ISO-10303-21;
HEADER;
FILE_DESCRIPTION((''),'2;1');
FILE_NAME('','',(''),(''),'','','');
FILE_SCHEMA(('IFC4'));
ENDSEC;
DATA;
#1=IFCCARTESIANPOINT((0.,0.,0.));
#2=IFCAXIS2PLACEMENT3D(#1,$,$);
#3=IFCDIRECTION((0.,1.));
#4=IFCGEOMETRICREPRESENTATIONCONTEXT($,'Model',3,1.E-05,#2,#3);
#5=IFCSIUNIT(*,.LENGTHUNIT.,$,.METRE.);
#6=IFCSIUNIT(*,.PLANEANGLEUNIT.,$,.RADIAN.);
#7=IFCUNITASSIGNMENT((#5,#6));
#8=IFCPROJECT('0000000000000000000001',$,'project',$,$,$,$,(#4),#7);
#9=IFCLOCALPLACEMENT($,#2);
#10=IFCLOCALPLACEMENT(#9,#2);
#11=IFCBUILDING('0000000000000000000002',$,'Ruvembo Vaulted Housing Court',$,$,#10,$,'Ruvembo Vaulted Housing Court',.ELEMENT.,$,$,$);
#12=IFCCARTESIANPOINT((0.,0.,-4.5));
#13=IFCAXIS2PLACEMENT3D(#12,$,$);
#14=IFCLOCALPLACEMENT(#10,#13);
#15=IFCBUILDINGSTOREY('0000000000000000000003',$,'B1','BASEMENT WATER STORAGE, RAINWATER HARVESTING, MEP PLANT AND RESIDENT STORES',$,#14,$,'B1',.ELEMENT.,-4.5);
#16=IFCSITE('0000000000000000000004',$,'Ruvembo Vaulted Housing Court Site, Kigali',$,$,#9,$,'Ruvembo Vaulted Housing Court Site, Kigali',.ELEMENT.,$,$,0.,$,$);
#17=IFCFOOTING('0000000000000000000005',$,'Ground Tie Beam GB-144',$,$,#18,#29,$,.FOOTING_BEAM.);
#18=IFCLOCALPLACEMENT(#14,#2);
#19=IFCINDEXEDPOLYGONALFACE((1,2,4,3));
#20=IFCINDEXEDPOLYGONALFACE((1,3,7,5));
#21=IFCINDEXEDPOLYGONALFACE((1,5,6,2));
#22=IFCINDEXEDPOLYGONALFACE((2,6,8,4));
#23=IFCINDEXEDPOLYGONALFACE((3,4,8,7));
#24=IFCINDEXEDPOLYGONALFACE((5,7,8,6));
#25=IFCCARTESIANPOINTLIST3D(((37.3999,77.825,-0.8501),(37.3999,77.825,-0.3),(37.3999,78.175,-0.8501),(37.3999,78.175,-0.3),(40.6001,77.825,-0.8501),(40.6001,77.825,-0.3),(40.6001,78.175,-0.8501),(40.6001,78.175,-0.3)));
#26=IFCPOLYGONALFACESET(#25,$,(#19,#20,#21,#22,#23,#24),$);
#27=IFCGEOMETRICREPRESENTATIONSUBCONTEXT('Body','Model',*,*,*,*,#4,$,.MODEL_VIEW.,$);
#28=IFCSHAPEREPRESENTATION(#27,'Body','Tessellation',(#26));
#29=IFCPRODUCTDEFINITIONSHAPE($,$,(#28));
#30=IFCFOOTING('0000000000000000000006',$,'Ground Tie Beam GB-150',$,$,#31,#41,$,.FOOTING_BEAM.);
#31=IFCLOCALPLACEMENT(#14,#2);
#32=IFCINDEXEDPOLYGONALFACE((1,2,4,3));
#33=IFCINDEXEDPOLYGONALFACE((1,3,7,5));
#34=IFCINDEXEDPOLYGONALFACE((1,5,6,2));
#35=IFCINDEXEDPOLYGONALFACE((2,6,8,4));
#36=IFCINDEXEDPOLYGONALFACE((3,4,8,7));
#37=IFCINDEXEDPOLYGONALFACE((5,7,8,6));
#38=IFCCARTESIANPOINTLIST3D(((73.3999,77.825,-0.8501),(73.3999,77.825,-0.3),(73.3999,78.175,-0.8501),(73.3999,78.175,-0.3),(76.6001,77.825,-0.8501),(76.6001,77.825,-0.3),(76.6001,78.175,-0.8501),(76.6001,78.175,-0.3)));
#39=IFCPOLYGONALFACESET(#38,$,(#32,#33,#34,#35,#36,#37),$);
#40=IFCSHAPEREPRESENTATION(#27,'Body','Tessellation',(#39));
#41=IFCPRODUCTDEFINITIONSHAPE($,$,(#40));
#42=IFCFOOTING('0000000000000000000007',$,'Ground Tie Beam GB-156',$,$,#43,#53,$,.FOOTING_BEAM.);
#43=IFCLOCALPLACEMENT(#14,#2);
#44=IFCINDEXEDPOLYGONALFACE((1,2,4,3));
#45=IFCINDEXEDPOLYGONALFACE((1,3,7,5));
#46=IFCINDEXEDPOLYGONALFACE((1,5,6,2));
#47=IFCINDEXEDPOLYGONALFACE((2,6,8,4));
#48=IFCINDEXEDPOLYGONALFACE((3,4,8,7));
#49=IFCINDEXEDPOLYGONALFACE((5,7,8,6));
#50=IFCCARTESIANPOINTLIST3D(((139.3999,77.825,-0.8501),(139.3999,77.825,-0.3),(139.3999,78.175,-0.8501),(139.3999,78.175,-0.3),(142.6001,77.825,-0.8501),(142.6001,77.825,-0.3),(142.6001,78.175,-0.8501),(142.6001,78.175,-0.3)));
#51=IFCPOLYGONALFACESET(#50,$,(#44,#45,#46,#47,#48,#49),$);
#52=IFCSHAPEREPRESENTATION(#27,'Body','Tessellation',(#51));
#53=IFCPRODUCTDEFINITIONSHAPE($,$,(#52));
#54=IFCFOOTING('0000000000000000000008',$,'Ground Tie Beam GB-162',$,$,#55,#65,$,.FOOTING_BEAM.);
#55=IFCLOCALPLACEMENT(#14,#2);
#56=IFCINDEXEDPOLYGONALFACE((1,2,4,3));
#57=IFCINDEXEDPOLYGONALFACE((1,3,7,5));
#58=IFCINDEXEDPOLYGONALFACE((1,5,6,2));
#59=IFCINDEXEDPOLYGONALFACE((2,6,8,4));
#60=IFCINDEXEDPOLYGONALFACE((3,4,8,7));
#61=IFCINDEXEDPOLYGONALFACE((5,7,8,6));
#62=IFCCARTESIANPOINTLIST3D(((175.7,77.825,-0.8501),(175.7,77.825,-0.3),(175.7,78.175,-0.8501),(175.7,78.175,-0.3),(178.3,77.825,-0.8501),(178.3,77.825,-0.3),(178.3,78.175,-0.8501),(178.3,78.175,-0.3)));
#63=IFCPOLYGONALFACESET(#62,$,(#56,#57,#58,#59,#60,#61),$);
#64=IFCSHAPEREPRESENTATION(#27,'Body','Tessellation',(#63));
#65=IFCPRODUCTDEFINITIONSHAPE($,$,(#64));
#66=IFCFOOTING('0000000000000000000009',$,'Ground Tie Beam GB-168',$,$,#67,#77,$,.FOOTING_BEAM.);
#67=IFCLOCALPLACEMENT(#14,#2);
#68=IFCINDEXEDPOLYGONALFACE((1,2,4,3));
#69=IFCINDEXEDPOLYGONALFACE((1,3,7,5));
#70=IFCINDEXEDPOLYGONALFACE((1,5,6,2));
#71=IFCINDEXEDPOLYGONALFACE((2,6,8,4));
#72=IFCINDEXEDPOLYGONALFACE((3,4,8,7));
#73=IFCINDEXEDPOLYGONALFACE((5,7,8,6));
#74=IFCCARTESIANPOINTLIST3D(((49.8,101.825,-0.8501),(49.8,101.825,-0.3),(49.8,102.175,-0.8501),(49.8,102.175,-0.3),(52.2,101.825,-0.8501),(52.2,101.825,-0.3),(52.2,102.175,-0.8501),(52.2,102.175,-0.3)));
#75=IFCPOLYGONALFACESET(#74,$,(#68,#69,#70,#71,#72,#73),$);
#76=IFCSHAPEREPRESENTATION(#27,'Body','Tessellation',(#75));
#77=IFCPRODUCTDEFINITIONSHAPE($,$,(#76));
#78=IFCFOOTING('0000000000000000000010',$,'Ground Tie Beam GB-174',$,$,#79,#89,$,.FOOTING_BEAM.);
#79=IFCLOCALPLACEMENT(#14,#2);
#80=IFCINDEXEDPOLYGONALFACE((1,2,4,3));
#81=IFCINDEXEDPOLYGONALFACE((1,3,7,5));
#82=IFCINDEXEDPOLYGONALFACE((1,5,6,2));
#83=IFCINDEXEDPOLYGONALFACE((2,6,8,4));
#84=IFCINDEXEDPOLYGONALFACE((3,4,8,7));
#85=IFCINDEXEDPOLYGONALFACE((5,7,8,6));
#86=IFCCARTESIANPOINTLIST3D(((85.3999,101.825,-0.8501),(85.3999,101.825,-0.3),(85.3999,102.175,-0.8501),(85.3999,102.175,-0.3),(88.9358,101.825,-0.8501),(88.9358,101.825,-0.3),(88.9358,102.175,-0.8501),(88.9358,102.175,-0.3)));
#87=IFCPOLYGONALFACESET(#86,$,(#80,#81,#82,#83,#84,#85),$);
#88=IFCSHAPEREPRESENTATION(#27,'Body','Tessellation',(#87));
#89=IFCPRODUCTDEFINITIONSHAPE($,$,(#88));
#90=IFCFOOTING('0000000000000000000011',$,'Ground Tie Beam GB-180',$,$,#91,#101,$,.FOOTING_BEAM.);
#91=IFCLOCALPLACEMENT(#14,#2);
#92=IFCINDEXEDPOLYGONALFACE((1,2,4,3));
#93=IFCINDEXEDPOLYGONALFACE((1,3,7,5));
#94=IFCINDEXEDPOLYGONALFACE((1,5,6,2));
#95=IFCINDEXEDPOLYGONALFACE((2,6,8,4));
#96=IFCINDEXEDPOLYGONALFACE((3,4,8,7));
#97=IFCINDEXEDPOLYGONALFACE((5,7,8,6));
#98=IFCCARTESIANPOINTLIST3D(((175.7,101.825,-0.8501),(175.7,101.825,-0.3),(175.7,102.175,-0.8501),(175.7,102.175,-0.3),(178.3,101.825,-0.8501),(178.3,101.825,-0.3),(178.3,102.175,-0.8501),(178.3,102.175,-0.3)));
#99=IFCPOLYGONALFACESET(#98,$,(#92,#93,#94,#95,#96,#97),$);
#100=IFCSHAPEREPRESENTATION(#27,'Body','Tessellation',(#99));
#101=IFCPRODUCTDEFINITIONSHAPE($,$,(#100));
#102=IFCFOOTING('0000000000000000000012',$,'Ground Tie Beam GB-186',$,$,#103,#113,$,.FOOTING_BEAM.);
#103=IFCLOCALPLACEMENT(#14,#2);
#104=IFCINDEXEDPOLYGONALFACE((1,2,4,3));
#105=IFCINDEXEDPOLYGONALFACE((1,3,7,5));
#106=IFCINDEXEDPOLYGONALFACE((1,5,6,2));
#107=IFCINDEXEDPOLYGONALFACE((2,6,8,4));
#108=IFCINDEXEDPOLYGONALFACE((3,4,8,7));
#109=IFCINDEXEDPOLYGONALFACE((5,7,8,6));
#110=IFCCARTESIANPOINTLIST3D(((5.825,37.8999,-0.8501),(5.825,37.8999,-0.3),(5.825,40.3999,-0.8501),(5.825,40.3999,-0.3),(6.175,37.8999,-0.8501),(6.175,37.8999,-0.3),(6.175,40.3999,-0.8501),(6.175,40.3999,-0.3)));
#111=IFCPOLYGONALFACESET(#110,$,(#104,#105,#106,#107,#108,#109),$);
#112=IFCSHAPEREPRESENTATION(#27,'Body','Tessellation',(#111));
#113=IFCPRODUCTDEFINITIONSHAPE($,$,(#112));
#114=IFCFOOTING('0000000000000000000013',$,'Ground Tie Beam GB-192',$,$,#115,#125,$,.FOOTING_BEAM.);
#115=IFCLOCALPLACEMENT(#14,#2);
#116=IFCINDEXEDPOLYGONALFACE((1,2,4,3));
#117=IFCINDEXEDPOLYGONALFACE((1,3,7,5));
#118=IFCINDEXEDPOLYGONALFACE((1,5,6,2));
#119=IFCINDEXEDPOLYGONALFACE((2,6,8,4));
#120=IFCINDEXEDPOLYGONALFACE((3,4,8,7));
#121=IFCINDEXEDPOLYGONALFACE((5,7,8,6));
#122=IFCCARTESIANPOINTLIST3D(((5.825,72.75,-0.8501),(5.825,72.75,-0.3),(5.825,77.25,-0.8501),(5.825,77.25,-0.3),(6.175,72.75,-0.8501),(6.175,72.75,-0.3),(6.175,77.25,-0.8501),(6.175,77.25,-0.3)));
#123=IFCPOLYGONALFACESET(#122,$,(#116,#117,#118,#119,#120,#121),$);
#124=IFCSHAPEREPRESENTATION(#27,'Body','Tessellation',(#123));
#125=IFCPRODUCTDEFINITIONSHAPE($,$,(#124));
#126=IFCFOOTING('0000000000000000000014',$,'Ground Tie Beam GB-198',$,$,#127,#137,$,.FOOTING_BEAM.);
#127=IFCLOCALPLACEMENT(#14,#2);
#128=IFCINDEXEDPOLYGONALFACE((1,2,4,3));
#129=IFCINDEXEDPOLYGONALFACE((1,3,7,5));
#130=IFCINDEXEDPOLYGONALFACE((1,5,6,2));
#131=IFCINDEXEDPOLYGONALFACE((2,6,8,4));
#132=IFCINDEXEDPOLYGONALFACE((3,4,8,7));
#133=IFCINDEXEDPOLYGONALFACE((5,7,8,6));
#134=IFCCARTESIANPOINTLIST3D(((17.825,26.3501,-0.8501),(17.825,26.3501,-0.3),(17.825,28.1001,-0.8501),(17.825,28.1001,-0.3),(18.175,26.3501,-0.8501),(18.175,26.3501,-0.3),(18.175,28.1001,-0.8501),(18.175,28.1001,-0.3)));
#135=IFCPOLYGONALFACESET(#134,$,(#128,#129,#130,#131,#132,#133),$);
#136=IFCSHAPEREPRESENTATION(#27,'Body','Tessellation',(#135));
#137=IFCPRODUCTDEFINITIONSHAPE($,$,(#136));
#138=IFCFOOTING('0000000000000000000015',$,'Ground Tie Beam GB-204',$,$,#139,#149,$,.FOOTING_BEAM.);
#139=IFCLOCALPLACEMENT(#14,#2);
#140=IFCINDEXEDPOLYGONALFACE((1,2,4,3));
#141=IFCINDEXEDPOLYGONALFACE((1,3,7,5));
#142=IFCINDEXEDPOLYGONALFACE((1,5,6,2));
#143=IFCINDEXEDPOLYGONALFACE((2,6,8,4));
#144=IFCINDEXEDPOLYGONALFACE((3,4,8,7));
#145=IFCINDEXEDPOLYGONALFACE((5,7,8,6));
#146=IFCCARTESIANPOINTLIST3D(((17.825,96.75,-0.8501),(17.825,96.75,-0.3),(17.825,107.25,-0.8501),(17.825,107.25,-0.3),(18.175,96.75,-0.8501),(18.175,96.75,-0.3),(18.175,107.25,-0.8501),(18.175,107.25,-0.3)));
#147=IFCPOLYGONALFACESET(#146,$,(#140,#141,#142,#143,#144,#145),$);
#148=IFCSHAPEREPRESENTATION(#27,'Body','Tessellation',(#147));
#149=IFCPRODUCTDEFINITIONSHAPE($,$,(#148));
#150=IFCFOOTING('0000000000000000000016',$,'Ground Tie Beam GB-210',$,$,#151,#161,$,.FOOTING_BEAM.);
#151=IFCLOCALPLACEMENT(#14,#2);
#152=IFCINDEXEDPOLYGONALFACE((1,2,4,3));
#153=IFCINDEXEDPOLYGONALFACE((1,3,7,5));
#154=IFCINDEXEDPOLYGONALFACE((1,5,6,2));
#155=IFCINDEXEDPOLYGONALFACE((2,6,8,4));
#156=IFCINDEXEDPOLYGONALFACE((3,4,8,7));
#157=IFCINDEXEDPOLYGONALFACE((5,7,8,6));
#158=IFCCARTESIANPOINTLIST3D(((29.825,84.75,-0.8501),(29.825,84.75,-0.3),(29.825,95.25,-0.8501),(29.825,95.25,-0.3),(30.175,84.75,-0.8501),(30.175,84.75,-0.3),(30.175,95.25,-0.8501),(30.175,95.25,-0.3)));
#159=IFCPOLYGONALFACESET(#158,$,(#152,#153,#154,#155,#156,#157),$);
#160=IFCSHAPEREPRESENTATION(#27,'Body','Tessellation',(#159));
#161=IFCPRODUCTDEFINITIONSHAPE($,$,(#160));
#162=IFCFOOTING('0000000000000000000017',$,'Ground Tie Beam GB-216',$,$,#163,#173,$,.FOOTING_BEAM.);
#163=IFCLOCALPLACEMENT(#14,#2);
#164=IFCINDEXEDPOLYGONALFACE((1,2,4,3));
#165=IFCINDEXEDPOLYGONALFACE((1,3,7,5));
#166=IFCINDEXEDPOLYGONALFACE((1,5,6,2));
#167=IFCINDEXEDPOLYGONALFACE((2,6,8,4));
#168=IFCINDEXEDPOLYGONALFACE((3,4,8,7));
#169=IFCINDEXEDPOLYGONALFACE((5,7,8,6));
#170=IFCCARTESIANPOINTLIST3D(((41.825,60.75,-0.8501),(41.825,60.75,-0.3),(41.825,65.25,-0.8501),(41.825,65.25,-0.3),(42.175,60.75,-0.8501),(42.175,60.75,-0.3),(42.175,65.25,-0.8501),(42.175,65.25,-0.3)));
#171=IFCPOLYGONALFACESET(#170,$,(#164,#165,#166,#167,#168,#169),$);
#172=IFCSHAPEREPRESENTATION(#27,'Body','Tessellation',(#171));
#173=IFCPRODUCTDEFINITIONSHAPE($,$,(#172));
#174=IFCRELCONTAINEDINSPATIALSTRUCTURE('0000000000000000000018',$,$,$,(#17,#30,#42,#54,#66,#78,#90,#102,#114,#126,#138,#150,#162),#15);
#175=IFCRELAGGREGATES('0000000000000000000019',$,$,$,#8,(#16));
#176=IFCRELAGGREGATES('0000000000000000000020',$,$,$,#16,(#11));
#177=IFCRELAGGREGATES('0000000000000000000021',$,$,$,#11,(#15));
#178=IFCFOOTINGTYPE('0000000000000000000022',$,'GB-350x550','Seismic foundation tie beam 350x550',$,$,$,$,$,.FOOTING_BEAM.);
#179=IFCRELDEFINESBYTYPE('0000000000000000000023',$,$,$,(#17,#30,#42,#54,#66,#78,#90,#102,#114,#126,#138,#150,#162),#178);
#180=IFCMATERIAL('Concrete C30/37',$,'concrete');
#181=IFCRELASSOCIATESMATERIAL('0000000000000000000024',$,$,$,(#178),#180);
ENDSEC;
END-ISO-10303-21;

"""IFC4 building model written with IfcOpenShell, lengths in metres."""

from ifc_helpers import new_model, si_unit, direction, frame, origin, place, context, subcontext, project, spatial, polyline, outline, extrude, material, type_object, element, save


model = new_model("IFC4")

# Units and contexts
model_context = context("Model", 3, precision=1e-05, world=origin(), true_north=direction((0.0, 1.0)))
body_context = subcontext(model_context, "Body", "Model", "MODEL_VIEW")
ifc_project = project(units=[si_unit("LENGTHUNIT", "METRE"), si_unit("PLANEANGLEUNIT", "RADIAN")], contexts=[model_context])

# Site, building, storey
site_placement = place(None, origin())
site = spatial("IfcSite", under=ifc_project, at=site_placement, Name="Ruvembo Vaulted Housing Court Site, Kigali", LongName="Ruvembo Vaulted Housing Court Site, Kigali", CompositionType="ELEMENT", RefElevation=0.0)
building_placement = place(site_placement, origin())
building = spatial("IfcBuilding", under=site, at=building_placement, Name="Ruvembo Vaulted Housing Court", LongName="Ruvembo Vaulted Housing Court", CompositionType="ELEMENT")
storey_placement = place(building_placement, frame((0.0, 0.0, -4.5)))
storey = spatial("IfcBuildingStorey", under=building, at=storey_placement, Name="B1", Description="BASEMENT WATER STORAGE, RAINWATER HARVESTING, MEP PLANT AND RESIDENT STORES", LongName="B1", CompositionType="ELEMENT", Elevation=-4.5)

# Footings
ifc_material = material(Name="Concrete C30/37", Category="concrete")
footing_type = type_object("IfcFootingType", Name="GB-350x550", Description="Seismic foundation tie beam 350x550", PredefinedType="FOOTING_BEAM", material=ifc_material)
footing_1_placement = place(storey_placement, frame((0.0, 0.0, -0.8501)))
element("IfcFooting", 1, at=footing_1_placement, inside=storey, type_object=footing_type, Name="Ground Tie Beam GB-144", PredefinedType="FOOTING_BEAM", context=body_context, shape_type="SweptSolid", body=[
    extrude(outline(polyline([(37.3999, 77.825), (40.6001, 77.825), (40.6001, 78.175), (37.3999, 78.175), (37.3999, 77.825)])), origin(), (0.0, 0.0, 1.0), 0.55),
])
footing_2_placement = place(storey_placement, frame((0.0, 0.0, -0.8501)))
element("IfcFooting", 2, at=footing_2_placement, inside=storey, type_object=footing_type, Name="Ground Tie Beam GB-150", PredefinedType="FOOTING_BEAM", context=body_context, shape_type="SweptSolid", body=[
    extrude(outline(polyline([(73.3999, 77.825), (76.6001, 77.825), (76.6001, 78.175), (73.3999, 78.175), (73.3999, 77.825)])), origin(), (0.0, 0.0, 1.0), 0.55),
])
footing_3_placement = place(storey_placement, frame((0.0, 0.0, -0.8501)))
element("IfcFooting", 3, at=footing_3_placement, inside=storey, type_object=footing_type, Name="Ground Tie Beam GB-156", PredefinedType="FOOTING_BEAM", context=body_context, shape_type="SweptSolid", body=[
    extrude(outline(polyline([(139.3999, 77.825), (142.6001, 77.825), (142.6001, 78.175), (139.3999, 78.175), (139.3999, 77.825)])), origin(), (0.0, 0.0, 1.0), 0.55),
])
footing_4_placement = place(storey_placement, frame((0.0, 0.0, -0.8501)))
element("IfcFooting", 4, at=footing_4_placement, inside=storey, type_object=footing_type, Name="Ground Tie Beam GB-162", PredefinedType="FOOTING_BEAM", context=body_context, shape_type="SweptSolid", body=[
    extrude(outline(polyline([(175.7, 77.825), (178.3, 77.825), (178.3, 78.175), (175.7, 78.175), (175.7, 77.825)])), origin(), (0.0, 0.0, 1.0), 0.55),
])
footing_5_placement = place(storey_placement, frame((0.0, 0.0, -0.8501)))
element("IfcFooting", 5, at=footing_5_placement, inside=storey, type_object=footing_type, Name="Ground Tie Beam GB-168", PredefinedType="FOOTING_BEAM", context=body_context, shape_type="SweptSolid", body=[
    extrude(outline(polyline([(49.8, 101.825), (52.2, 101.825), (52.2, 102.175), (49.8, 102.175), (49.8, 101.825)])), origin(), (0.0, 0.0, 1.0), 0.55),
])
footing_6_placement = place(storey_placement, frame((0.0, 0.0, -0.8501)))
element("IfcFooting", 6, at=footing_6_placement, inside=storey, type_object=footing_type, Name="Ground Tie Beam GB-174", PredefinedType="FOOTING_BEAM", context=body_context, shape_type="SweptSolid", body=[
    extrude(outline(polyline([(85.3999, 101.825), (88.9358, 101.825), (88.9358, 102.175), (85.3999, 102.175), (85.3999, 101.825)])), origin(), (0.0, 0.0, 1.0), 0.55),
])
footing_7_placement = place(storey_placement, frame((0.0, 0.0, -0.8501)))
element("IfcFooting", 7, at=footing_7_placement, inside=storey, type_object=footing_type, Name="Ground Tie Beam GB-180", PredefinedType="FOOTING_BEAM", context=body_context, shape_type="SweptSolid", body=[
    extrude(outline(polyline([(175.7, 101.825), (178.3, 101.825), (178.3, 102.175), (175.7, 102.175), (175.7, 101.825)])), origin(), (0.0, 0.0, 1.0), 0.55),
])
footing_8_placement = place(storey_placement, frame((0.0, 0.0, -0.8501)))
element("IfcFooting", 8, at=footing_8_placement, inside=storey, type_object=footing_type, Name="Ground Tie Beam GB-186", PredefinedType="FOOTING_BEAM", context=body_context, shape_type="SweptSolid", body=[
    extrude(outline(polyline([(5.825, 37.8999), (6.175, 37.8999), (6.175, 40.3999), (5.825, 40.3999), (5.825, 37.8999)])), origin(), (0.0, 0.0, 1.0), 0.55),
])
footing_9_placement = place(storey_placement, frame((0.0, 0.0, -0.8501)))
element("IfcFooting", 9, at=footing_9_placement, inside=storey, type_object=footing_type, Name="Ground Tie Beam GB-192", PredefinedType="FOOTING_BEAM", context=body_context, shape_type="SweptSolid", body=[
    extrude(outline(polyline([(5.825, 72.75), (6.175, 72.75), (6.175, 77.25), (5.825, 77.25), (5.825, 72.75)])), origin(), (0.0, 0.0, 1.0), 0.55),
])
footing_10_placement = place(storey_placement, frame((0.0, 0.0, -0.8501)))
element("IfcFooting", 10, at=footing_10_placement, inside=storey, type_object=footing_type, Name="Ground Tie Beam GB-198", PredefinedType="FOOTING_BEAM", context=body_context, shape_type="SweptSolid", body=[
    extrude(outline(polyline([(17.825, 26.3501), (18.175, 26.3501), (18.175, 28.1001), (17.825, 28.1001), (17.825, 26.3501)])), origin(), (0.0, 0.0, 1.0), 0.55),
])
footing_11_placement = place(storey_placement, frame((0.0, 0.0, -0.8501)))
element("IfcFooting", 11, at=footing_11_placement, inside=storey, type_object=footing_type, Name="Ground Tie Beam GB-204", PredefinedType="FOOTING_BEAM", context=body_context, shape_type="SweptSolid", body=[
    extrude(outline(polyline([(17.825, 96.75), (18.175, 96.75), (18.175, 107.25), (17.825, 107.25), (17.825, 96.75)])), origin(), (0.0, 0.0, 1.0), 0.55),
])
footing_12_placement = place(storey_placement, frame((0.0, 0.0, -0.8501)))
element("IfcFooting", 12, at=footing_12_placement, inside=storey, type_object=footing_type, Name="Ground Tie Beam GB-210", PredefinedType="FOOTING_BEAM", context=body_context, shape_type="SweptSolid", body=[
    extrude(outline(polyline([(29.825, 84.75), (30.175, 84.75), (30.175, 95.25), (29.825, 95.25), (29.825, 84.75)])), origin(), (0.0, 0.0, 1.0), 0.55),
])
footing_13_placement = place(storey_placement, frame((0.0, 0.0, -0.8501)))
element("IfcFooting", 13, at=footing_13_placement, inside=storey, type_object=footing_type, Name="Ground Tie Beam GB-216", PredefinedType="FOOTING_BEAM", context=body_context, shape_type="SweptSolid", body=[
    extrude(outline(polyline([(41.825, 60.75), (42.175, 60.75), (42.175, 65.25), (41.825, 65.25), (41.825, 60.75)])), origin(), (0.0, 0.0, 1.0), 0.55),
])

save(model, "model.ifc")
